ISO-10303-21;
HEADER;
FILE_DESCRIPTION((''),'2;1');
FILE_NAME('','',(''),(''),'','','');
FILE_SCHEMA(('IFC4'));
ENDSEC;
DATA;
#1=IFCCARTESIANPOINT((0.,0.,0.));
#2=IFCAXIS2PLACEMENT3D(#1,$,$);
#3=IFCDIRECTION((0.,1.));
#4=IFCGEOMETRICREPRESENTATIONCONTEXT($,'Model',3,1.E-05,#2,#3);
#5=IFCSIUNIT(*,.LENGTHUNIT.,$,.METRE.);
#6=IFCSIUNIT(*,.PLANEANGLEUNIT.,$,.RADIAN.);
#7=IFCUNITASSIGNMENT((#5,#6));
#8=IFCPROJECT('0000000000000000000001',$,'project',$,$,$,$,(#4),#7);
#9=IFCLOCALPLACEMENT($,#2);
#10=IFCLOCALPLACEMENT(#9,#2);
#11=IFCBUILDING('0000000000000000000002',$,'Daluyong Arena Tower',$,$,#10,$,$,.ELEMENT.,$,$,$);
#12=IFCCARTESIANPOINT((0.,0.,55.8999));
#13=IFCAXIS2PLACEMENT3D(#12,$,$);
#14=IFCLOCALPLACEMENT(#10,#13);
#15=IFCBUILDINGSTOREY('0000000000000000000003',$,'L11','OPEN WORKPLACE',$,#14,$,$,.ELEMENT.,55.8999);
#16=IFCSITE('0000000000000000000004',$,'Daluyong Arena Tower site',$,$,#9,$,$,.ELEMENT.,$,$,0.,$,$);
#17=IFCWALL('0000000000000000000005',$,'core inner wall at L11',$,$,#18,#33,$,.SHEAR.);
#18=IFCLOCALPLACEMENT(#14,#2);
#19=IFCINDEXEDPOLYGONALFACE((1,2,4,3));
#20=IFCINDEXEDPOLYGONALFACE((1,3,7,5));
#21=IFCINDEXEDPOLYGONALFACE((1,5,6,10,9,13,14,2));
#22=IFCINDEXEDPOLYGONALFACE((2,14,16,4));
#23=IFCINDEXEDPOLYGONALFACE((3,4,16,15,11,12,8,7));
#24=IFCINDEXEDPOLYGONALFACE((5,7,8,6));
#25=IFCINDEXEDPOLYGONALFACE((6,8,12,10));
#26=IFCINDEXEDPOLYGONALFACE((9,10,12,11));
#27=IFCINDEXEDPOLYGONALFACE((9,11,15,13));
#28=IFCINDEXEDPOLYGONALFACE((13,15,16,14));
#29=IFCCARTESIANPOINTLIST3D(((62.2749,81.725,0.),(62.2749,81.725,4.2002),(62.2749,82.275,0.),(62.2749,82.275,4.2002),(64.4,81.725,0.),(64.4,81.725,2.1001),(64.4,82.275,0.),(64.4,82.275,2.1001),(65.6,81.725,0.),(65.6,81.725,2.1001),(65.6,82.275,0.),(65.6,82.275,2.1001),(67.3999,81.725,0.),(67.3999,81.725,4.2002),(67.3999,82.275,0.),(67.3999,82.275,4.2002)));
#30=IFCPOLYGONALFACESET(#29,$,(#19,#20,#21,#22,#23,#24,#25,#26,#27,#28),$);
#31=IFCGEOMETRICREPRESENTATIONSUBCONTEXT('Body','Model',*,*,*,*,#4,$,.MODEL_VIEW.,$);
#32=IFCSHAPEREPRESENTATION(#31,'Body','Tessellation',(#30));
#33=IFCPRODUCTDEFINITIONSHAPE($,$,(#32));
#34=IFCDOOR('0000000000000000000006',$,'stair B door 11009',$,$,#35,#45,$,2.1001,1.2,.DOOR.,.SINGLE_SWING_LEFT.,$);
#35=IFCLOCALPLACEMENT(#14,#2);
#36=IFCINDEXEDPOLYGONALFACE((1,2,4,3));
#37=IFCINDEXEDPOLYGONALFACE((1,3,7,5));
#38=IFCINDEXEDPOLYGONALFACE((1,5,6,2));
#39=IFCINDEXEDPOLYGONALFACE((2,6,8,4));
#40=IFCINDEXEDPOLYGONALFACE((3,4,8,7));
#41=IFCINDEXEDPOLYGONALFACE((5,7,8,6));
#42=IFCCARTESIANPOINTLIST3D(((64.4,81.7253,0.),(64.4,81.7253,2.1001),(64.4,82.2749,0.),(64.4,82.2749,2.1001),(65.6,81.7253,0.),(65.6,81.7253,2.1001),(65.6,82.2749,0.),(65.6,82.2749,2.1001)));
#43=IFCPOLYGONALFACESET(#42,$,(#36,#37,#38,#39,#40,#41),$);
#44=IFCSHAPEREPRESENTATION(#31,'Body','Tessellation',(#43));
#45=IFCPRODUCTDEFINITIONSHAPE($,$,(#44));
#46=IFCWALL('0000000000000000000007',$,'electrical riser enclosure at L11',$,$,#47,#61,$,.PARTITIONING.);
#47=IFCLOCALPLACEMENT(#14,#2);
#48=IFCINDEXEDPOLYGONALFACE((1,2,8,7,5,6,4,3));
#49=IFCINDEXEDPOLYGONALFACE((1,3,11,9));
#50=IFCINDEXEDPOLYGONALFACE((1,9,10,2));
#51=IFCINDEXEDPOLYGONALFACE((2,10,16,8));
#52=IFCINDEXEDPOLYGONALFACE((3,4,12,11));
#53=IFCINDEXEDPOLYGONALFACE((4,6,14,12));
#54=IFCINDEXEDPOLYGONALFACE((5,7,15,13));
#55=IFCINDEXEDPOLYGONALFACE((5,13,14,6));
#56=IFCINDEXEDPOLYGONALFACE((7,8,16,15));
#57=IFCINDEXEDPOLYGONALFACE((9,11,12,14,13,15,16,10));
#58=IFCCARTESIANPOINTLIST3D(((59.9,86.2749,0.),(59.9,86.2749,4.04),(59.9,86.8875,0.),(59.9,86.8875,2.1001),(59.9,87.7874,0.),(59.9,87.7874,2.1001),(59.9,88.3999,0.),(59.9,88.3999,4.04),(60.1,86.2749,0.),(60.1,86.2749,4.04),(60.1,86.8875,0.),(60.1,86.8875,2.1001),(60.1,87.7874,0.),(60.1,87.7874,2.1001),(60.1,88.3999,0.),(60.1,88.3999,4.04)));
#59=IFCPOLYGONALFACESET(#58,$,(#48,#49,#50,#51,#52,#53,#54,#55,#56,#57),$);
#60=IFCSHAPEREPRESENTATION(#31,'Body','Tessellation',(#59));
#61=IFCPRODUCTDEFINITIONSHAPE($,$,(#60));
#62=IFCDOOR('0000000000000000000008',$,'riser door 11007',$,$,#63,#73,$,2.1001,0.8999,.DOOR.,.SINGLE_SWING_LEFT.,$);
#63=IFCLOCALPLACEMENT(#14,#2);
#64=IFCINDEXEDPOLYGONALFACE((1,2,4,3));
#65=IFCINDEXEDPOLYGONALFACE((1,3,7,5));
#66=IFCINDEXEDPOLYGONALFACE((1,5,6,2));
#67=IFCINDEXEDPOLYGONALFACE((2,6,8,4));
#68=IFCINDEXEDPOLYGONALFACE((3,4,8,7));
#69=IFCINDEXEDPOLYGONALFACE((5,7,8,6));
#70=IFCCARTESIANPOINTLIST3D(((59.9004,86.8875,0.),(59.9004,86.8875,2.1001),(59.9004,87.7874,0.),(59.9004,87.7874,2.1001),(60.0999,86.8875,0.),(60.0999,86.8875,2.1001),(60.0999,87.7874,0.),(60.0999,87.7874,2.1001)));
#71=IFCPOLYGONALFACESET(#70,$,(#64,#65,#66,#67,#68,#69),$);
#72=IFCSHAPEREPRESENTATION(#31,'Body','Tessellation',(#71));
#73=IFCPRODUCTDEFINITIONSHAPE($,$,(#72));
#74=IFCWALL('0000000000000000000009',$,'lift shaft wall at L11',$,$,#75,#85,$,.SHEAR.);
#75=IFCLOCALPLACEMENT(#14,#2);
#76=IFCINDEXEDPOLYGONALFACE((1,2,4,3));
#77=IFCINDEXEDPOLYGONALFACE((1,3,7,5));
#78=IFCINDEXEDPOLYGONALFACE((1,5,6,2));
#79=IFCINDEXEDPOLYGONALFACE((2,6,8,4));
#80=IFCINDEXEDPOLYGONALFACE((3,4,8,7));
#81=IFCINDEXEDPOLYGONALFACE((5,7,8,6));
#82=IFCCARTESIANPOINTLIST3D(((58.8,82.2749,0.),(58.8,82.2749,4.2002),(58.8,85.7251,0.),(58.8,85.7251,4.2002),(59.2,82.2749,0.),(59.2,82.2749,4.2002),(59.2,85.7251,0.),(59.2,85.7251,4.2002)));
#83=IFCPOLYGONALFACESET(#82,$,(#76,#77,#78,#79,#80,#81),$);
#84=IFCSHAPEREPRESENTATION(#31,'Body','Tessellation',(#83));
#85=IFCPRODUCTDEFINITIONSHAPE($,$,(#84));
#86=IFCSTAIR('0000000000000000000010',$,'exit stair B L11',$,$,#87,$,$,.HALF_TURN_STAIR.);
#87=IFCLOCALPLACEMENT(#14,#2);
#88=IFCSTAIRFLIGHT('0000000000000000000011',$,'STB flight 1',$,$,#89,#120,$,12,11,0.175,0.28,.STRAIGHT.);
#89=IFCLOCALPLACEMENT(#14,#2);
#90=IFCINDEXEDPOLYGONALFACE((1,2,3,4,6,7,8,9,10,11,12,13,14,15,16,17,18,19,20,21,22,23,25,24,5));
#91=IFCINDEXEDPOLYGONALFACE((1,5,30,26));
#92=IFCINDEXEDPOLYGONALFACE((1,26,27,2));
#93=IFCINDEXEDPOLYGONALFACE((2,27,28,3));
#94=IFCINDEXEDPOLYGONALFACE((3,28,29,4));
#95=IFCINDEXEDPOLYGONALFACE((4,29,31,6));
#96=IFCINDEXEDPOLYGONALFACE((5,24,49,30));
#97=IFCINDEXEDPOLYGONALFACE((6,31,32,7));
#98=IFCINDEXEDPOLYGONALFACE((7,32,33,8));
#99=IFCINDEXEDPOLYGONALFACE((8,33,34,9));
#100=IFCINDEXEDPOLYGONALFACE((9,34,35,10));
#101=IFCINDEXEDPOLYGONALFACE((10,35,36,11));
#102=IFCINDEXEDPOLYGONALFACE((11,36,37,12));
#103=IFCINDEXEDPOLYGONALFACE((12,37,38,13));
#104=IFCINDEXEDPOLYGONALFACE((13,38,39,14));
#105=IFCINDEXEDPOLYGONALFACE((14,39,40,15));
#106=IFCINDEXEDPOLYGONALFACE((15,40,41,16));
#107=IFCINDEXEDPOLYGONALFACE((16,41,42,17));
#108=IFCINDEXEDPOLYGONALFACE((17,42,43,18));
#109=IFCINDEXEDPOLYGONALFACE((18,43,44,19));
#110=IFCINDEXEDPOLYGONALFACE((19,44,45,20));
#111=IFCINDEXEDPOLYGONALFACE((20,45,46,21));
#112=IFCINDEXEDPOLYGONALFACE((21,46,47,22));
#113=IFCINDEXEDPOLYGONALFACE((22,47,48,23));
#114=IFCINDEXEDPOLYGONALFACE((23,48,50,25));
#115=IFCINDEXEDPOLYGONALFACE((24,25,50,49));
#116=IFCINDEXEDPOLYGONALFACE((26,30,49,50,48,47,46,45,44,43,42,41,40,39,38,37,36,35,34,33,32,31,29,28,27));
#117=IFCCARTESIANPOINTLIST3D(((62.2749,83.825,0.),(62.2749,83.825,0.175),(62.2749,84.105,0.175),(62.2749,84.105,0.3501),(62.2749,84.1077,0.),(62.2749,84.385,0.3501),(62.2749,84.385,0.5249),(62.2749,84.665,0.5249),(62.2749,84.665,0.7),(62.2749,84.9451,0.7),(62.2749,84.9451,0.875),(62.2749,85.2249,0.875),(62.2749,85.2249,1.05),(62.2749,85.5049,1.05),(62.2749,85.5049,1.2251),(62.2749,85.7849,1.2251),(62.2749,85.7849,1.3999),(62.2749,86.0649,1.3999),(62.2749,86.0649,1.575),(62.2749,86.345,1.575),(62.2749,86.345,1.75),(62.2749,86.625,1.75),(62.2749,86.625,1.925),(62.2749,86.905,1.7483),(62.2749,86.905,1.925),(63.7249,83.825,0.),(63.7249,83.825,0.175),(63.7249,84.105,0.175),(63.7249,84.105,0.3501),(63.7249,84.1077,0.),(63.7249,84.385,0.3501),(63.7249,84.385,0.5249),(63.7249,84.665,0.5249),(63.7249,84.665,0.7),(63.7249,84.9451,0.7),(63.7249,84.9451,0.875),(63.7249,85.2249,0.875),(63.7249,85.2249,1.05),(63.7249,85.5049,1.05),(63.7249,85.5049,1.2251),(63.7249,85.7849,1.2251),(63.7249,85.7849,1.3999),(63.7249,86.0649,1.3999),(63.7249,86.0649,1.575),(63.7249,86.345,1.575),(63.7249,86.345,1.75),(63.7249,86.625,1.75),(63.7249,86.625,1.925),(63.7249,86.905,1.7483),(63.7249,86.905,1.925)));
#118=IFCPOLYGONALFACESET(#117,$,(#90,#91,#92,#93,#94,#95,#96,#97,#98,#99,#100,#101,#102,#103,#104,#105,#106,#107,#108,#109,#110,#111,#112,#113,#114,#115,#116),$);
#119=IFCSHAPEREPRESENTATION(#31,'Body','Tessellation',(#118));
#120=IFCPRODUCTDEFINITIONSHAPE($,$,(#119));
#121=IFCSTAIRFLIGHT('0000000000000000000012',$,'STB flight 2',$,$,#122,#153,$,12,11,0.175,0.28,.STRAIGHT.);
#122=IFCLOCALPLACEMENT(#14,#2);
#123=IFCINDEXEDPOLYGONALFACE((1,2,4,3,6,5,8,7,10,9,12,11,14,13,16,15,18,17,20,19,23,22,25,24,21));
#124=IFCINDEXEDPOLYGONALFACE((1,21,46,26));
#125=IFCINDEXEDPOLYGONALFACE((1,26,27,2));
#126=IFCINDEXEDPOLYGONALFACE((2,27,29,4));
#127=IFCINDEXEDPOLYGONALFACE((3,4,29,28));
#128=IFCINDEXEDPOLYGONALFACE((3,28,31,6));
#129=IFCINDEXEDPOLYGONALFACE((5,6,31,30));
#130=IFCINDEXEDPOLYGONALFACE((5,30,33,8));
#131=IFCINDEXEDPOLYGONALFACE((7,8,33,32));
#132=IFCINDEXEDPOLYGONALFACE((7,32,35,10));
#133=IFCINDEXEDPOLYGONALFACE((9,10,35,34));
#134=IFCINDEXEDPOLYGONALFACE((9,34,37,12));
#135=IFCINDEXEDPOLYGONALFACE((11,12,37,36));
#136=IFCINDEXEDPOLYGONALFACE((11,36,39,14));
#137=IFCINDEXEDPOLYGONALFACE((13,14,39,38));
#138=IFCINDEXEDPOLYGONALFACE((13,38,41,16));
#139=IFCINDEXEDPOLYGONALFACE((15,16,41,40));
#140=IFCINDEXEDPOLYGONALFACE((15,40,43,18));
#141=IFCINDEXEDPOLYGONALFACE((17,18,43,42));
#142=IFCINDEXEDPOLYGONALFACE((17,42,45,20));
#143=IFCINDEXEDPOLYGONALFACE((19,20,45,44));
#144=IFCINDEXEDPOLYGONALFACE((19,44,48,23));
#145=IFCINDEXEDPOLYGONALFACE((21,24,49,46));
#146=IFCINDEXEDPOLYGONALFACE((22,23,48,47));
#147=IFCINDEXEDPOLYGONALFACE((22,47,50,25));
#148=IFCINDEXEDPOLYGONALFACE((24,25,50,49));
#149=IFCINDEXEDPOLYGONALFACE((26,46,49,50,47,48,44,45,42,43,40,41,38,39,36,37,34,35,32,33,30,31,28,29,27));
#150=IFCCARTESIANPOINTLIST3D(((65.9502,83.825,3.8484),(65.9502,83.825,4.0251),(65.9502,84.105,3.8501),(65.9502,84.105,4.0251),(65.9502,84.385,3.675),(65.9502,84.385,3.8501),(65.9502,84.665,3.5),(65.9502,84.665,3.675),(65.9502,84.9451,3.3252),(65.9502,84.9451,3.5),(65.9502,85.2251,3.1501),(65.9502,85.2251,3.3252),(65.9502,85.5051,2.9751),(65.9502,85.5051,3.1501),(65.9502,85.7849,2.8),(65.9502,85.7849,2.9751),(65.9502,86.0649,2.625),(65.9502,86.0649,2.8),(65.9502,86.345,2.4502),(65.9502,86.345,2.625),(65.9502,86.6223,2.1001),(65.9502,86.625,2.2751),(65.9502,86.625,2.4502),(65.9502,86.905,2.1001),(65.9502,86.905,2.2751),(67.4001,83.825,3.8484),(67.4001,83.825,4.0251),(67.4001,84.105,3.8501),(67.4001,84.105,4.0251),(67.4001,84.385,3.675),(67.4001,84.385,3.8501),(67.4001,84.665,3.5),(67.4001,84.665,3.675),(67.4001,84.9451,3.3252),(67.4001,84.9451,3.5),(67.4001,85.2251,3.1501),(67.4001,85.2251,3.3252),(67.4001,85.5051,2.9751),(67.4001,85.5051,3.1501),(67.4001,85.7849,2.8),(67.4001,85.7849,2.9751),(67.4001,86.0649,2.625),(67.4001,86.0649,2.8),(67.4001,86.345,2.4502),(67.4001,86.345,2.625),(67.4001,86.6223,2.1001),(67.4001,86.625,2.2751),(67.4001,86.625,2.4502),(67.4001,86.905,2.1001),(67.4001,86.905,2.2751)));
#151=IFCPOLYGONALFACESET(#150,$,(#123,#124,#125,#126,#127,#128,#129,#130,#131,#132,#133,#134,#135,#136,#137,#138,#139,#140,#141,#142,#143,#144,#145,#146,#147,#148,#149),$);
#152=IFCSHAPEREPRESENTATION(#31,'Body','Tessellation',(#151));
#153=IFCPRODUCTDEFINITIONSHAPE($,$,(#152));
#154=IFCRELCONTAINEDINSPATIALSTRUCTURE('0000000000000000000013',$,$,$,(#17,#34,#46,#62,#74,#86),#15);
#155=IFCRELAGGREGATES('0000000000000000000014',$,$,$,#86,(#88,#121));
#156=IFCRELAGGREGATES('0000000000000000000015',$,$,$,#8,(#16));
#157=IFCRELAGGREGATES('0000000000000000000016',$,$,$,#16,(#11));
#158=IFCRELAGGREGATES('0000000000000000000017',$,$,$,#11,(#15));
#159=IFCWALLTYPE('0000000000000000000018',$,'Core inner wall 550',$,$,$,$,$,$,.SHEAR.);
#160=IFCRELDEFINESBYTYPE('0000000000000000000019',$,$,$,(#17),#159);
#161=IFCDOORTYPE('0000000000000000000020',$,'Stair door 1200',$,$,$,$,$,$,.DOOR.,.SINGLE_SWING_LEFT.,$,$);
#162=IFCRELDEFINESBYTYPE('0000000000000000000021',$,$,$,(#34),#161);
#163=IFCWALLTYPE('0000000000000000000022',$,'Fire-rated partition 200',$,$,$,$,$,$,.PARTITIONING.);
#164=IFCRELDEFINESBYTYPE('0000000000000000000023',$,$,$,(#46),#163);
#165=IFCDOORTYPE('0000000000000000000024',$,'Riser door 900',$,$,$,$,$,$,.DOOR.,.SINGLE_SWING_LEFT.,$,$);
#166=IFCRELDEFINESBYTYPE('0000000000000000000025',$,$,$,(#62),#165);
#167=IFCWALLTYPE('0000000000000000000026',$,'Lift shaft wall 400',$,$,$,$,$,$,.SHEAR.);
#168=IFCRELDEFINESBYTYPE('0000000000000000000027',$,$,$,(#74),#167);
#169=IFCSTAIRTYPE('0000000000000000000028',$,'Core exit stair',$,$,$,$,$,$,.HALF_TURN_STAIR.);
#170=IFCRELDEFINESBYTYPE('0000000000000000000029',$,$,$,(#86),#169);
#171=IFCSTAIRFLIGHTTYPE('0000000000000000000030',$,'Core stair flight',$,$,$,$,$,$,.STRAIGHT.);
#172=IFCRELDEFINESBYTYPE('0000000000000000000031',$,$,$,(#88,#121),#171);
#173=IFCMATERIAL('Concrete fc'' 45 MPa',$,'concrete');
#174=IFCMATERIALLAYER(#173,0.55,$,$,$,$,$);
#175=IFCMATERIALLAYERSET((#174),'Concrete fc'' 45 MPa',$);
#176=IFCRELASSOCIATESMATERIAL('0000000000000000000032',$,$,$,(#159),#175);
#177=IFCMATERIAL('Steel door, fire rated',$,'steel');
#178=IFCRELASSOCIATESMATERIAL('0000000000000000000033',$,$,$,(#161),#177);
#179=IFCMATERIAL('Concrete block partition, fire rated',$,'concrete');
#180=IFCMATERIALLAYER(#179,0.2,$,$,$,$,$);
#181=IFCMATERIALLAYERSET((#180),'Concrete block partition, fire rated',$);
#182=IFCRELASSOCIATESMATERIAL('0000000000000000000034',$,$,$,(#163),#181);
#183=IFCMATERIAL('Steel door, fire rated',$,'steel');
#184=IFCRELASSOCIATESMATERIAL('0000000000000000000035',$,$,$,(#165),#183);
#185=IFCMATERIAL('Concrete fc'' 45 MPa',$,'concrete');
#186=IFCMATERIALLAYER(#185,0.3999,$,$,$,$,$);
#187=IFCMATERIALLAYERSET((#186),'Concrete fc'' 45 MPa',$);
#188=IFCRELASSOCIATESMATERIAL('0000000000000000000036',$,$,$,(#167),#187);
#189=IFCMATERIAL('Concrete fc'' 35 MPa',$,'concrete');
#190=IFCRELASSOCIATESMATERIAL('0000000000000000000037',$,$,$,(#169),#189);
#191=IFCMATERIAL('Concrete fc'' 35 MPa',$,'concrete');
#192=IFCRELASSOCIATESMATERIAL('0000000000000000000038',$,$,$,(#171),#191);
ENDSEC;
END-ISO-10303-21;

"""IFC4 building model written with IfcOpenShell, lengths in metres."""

from ifc_helpers import new_model, si_unit, direction, frame, frame_2d, origin, place, context, subcontext, project, spatial, polyline, rectangle, outline, extrude, material, layer, layer_set, type_object, element, fill, aggregate, save


model = new_model("IFC4")

# Units and contexts
model_context = context("Model", 3, precision=1e-05, world=origin(), true_north=direction((0.0, 1.0)))
body_context = subcontext(model_context, "Body", "Model", "MODEL_VIEW")
ifc_project = project(units=[si_unit("LENGTHUNIT", "METRE"), si_unit("PLANEANGLEUNIT", "RADIAN")], contexts=[model_context])

# Site, building, storey
site_placement = place(None, origin())
site = spatial("IfcSite", under=ifc_project, at=site_placement, Name="Daluyong Arena Tower site", CompositionType="ELEMENT", RefElevation=0.0)
building_placement = place(site_placement, origin())
building = spatial("IfcBuilding", under=site, at=building_placement, Name="Daluyong Arena Tower", CompositionType="ELEMENT")
storey_placement = place(building_placement, frame((0.0, 0.0, 55.8999)))
storey = spatial("IfcBuildingStorey", under=building, at=storey_placement, Name="L11", Description="OPEN WORKPLACE", CompositionType="ELEMENT", Elevation=55.8999)

# Walls, openings, doors
ifc_material_1 = material(Name="Concrete fc' 45 MPa", Category="concrete")
ifc_layer_1 = layer(ifc_material_1, 0.55)
ifc_layer_set_1 = layer_set([ifc_layer_1], Name="Concrete fc' 45 MPa")
wall_type_1 = type_object("IfcWallType", Name="Core inner wall 550", PredefinedType="SHEAR", material=ifc_layer_set_1)
wall_1_placement = place(storey_placement, frame((62.2749, 82.0, 0.0), z_axis=(0.0, 0.0, 1.0), x_axis=(1.0, 0.0, 0.0)))
wall_1 = element("IfcWall", 1, at=wall_1_placement, inside=storey, type_object=wall_type_1, Name="core inner wall at L11", PredefinedType="SHEAR", context=body_context, shape_type="SweptSolid", body=[
    extrude(rectangle(XDim=5.125, YDim=0.55, at=frame_2d((2.5625, 0.0))), origin(), (0.0, 0.0, 1.0), 4.2002),
])
opening_1_placement = place(wall_1_placement, frame((2.125, 0.0, 0.0)))
opening_1 = element("IfcOpeningElement", 2, at=opening_1_placement, cuts=wall_1, PredefinedType="OPENING", context=body_context, shape_type="SweptSolid", body=[
    extrude(rectangle(XDim=1.2, YDim=2.1001, at=frame_2d((0.6001, 1.05))), frame((0.0, 0.2849, 0.0), z_axis=(0.0, -1.0, 0.0), x_axis=(1.0, 0.0, 0.0)), (0.0, 0.0, 1.0), 0.5701),
])
ifc_material_2 = material(Name="Steel door, fire rated", Category="steel")
door_type_1 = type_object("IfcDoorType", Name="Stair door 1200", OperationType="SINGLE_SWING_LEFT", PredefinedType="DOOR", material=ifc_material_2)
door_1_placement = place(opening_1_placement, origin())
door_1 = element("IfcDoor", 3, at=door_1_placement, inside=storey, type_object=door_type_1, Name="stair B door 11009", OperationType="SINGLE_SWING_LEFT", OverallHeight=2.1001, OverallWidth=1.2, PredefinedType="DOOR", context=body_context, shape_type="SweptSolid", body=[
    extrude(rectangle(XDim=1.2, YDim=2.1001, at=frame_2d((0.6001, 1.05))), frame((0.0, 0.2749, 0.0), z_axis=(0.0, -1.0, 0.0), x_axis=(1.0, 0.0, 0.0)), (0.0, 0.0, 1.0), 0.5496),
])
fill(opening_1, door_1)
ifc_material_3 = material(Name="Concrete block partition, fire rated", Category="concrete")
ifc_layer_2 = layer(ifc_material_3, 0.2)
ifc_layer_set_2 = layer_set([ifc_layer_2], Name="Concrete block partition, fire rated")
wall_type_2 = type_object("IfcWallType", Name="Fire-rated partition 200", PredefinedType="PARTITIONING", material=ifc_layer_set_2)
wall_2_placement = place(storey_placement, frame((60.0, 86.2749, 0.0), z_axis=(0.0, 0.0, 1.0), x_axis=(0.0, 1.0, 0.0)))
wall_2 = element("IfcWall", 4, at=wall_2_placement, inside=storey, type_object=wall_type_2, Name="electrical riser enclosure at L11", PredefinedType="PARTITIONING", context=body_context, shape_type="SweptSolid", body=[
    extrude(rectangle(XDim=2.125, YDim=0.2, at=frame_2d((1.0625, 0.0))), origin(), (0.0, 0.0, 1.0), 4.04),
])
opening_2_placement = place(wall_2_placement, frame((0.6125, 0.0, 0.0)))
opening_2 = element("IfcOpeningElement", 5, at=opening_2_placement, cuts=wall_2, PredefinedType="OPENING", context=body_context, shape_type="SweptSolid", body=[
    extrude(rectangle(XDim=0.8999, YDim=2.1001, at=frame_2d((0.45, 1.05))), frame((0.0, 0.1099, 0.0), z_axis=(0.0, -1.0, 0.0), x_axis=(1.0, 0.0, 0.0)), (0.0, 0.0, 1.0), 0.22),
])
ifc_material_4 = material(Name="Steel door, fire rated", Category="steel")
door_type_2 = type_object("IfcDoorType", Name="Riser door 900", OperationType="SINGLE_SWING_LEFT", PredefinedType="DOOR", material=ifc_material_4)
door_2_placement = place(opening_2_placement, origin())
door_2 = element("IfcDoor", 6, at=door_2_placement, inside=storey, type_object=door_type_2, Name="riser door 11007", OperationType="SINGLE_SWING_LEFT", OverallHeight=2.1001, OverallWidth=0.8999, PredefinedType="DOOR", context=body_context, shape_type="SweptSolid", body=[
    extrude(rectangle(XDim=0.8999, YDim=2.1001, at=frame_2d((0.45, 1.05))), frame((0.0, 0.0996, 0.0), z_axis=(0.0, -1.0, 0.0), x_axis=(1.0, 0.0, 0.0)), (0.0, 0.0, 1.0), 0.1995),
])
fill(opening_2, door_2)

# Wall
ifc_material_5 = material(Name="Concrete fc' 45 MPa", Category="concrete")
ifc_layer_3 = layer(ifc_material_5, 0.3999)
ifc_layer_set_3 = layer_set([ifc_layer_3], Name="Concrete fc' 45 MPa")
wall_type_3 = type_object("IfcWallType", Name="Lift shaft wall 400", PredefinedType="SHEAR", material=ifc_layer_set_3)
wall_3_placement = place(storey_placement, frame((59.0, 82.2749, 0.0), z_axis=(0.0, 0.0, 1.0), x_axis=(0.0, 1.0, 0.0)))
element("IfcWall", 7, at=wall_3_placement, inside=storey, type_object=wall_type_3, Name="lift shaft wall at L11", PredefinedType="SHEAR", context=body_context, shape_type="SweptSolid", body=[
    extrude(rectangle(XDim=3.4502, YDim=0.3999, at=frame_2d((1.7251, 0.0))), origin(), (0.0, 0.0, 1.0), 4.2002),
])

# Stair, stair flights
ifc_material_6 = material(Name="Concrete fc' 35 MPa", Category="concrete")
stair_type = type_object("IfcStairType", Name="Core exit stair", PredefinedType="HALF_TURN_STAIR", material=ifc_material_6)
stair_placement = place(storey_placement, origin())
stair = element("IfcStair", 8, at=stair_placement, inside=storey, type_object=stair_type, Name="exit stair B L11", PredefinedType="HALF_TURN_STAIR")
ifc_material_7 = material(Name="Concrete fc' 35 MPa", Category="concrete")
stair_flight_type = type_object("IfcStairFlightType", Name="Core stair flight", PredefinedType="STRAIGHT", material=ifc_material_7)
stair_flight_1_placement = place(storey_placement, frame((63.0, 83.825, 0.0), z_axis=(0.0, 0.0, 1.0), x_axis=(0.0, 1.0, 0.0)))
stair_flight_1 = element("IfcStairFlight", 9, at=stair_flight_1_placement, type_object=stair_flight_type, Name="STB flight 1", NumberOfRisers=12, NumberOfTreads=11, PredefinedType="STRAIGHT", RiserHeight=0.175, TreadLength=0.28, context=body_context, shape_type="SweptSolid", body=[
    extrude(outline(polyline([(0.0, 0.0), (0.0, 0.175), (0.28, 0.175), (0.28, 0.3501), (0.5601, 0.3501), (0.5601, 0.5249), (0.8401, 0.5249), (0.8401, 0.7), (1.1201, 0.7), (1.1201, 0.875), (1.3999, 0.875), (1.3999, 1.05), (1.6799, 1.05), (1.6799, 1.2251), (1.96, 1.2251), (1.96, 1.3999), (2.24, 1.3999), (2.24, 1.575), (2.52, 1.575), (2.52, 1.75), (2.8, 1.75), (2.8, 1.925), (3.0801, 1.925), (3.0801, 2.1001), (3.0801, 1.7483), (0.2827, 0.0), (0.0, 0.0)])), frame((0.0, 0.7251, 0.0), z_axis=(0.0, -1.0, 0.0), x_axis=(1.0, 0.0, 0.0)), (0.0, 0.0, 1.0), 1.45),
])
stair_flight_2_placement = place(storey_placement, frame((66.675, 86.905, 2.1001), z_axis=(0.0, 0.0, 1.0), x_axis=(0.0, -1.0, 0.0)))
stair_flight_2 = element("IfcStairFlight", 10, at=stair_flight_2_placement, type_object=stair_flight_type, Name="STB flight 2", NumberOfRisers=12, NumberOfTreads=11, PredefinedType="STRAIGHT", RiserHeight=0.175, TreadLength=0.28, context=body_context, shape_type="SweptSolid", body=[
    extrude(outline(polyline([(0.0, 0.0), (0.0, 0.175), (0.28, 0.175), (0.28, 0.3501), (0.5601, 0.3501), (0.5601, 0.5249), (0.8401, 0.5249), (0.8401, 0.7), (1.1201, 0.7), (1.1201, 0.875), (1.3999, 0.875), (1.3999, 1.05), (1.6799, 1.05), (1.6799, 1.2251), (1.96, 1.2251), (1.96, 1.3999), (2.24, 1.3999), (2.24, 1.575), (2.52, 1.575), (2.52, 1.75), (2.8, 1.75), (2.8, 1.925), (3.0801, 1.925), (3.0801, 2.1001), (3.0801, 1.7483), (0.2827, 0.0), (0.0, 0.0)])), frame((0.0, 0.7251, 0.0), z_axis=(0.0, -1.0, 0.0), x_axis=(1.0, 0.0, 0.0)), (0.0, 0.0, 1.0), 1.45),
])
aggregate(stair, [stair_flight_1, stair_flight_2])

save(model, "model.ifc")
